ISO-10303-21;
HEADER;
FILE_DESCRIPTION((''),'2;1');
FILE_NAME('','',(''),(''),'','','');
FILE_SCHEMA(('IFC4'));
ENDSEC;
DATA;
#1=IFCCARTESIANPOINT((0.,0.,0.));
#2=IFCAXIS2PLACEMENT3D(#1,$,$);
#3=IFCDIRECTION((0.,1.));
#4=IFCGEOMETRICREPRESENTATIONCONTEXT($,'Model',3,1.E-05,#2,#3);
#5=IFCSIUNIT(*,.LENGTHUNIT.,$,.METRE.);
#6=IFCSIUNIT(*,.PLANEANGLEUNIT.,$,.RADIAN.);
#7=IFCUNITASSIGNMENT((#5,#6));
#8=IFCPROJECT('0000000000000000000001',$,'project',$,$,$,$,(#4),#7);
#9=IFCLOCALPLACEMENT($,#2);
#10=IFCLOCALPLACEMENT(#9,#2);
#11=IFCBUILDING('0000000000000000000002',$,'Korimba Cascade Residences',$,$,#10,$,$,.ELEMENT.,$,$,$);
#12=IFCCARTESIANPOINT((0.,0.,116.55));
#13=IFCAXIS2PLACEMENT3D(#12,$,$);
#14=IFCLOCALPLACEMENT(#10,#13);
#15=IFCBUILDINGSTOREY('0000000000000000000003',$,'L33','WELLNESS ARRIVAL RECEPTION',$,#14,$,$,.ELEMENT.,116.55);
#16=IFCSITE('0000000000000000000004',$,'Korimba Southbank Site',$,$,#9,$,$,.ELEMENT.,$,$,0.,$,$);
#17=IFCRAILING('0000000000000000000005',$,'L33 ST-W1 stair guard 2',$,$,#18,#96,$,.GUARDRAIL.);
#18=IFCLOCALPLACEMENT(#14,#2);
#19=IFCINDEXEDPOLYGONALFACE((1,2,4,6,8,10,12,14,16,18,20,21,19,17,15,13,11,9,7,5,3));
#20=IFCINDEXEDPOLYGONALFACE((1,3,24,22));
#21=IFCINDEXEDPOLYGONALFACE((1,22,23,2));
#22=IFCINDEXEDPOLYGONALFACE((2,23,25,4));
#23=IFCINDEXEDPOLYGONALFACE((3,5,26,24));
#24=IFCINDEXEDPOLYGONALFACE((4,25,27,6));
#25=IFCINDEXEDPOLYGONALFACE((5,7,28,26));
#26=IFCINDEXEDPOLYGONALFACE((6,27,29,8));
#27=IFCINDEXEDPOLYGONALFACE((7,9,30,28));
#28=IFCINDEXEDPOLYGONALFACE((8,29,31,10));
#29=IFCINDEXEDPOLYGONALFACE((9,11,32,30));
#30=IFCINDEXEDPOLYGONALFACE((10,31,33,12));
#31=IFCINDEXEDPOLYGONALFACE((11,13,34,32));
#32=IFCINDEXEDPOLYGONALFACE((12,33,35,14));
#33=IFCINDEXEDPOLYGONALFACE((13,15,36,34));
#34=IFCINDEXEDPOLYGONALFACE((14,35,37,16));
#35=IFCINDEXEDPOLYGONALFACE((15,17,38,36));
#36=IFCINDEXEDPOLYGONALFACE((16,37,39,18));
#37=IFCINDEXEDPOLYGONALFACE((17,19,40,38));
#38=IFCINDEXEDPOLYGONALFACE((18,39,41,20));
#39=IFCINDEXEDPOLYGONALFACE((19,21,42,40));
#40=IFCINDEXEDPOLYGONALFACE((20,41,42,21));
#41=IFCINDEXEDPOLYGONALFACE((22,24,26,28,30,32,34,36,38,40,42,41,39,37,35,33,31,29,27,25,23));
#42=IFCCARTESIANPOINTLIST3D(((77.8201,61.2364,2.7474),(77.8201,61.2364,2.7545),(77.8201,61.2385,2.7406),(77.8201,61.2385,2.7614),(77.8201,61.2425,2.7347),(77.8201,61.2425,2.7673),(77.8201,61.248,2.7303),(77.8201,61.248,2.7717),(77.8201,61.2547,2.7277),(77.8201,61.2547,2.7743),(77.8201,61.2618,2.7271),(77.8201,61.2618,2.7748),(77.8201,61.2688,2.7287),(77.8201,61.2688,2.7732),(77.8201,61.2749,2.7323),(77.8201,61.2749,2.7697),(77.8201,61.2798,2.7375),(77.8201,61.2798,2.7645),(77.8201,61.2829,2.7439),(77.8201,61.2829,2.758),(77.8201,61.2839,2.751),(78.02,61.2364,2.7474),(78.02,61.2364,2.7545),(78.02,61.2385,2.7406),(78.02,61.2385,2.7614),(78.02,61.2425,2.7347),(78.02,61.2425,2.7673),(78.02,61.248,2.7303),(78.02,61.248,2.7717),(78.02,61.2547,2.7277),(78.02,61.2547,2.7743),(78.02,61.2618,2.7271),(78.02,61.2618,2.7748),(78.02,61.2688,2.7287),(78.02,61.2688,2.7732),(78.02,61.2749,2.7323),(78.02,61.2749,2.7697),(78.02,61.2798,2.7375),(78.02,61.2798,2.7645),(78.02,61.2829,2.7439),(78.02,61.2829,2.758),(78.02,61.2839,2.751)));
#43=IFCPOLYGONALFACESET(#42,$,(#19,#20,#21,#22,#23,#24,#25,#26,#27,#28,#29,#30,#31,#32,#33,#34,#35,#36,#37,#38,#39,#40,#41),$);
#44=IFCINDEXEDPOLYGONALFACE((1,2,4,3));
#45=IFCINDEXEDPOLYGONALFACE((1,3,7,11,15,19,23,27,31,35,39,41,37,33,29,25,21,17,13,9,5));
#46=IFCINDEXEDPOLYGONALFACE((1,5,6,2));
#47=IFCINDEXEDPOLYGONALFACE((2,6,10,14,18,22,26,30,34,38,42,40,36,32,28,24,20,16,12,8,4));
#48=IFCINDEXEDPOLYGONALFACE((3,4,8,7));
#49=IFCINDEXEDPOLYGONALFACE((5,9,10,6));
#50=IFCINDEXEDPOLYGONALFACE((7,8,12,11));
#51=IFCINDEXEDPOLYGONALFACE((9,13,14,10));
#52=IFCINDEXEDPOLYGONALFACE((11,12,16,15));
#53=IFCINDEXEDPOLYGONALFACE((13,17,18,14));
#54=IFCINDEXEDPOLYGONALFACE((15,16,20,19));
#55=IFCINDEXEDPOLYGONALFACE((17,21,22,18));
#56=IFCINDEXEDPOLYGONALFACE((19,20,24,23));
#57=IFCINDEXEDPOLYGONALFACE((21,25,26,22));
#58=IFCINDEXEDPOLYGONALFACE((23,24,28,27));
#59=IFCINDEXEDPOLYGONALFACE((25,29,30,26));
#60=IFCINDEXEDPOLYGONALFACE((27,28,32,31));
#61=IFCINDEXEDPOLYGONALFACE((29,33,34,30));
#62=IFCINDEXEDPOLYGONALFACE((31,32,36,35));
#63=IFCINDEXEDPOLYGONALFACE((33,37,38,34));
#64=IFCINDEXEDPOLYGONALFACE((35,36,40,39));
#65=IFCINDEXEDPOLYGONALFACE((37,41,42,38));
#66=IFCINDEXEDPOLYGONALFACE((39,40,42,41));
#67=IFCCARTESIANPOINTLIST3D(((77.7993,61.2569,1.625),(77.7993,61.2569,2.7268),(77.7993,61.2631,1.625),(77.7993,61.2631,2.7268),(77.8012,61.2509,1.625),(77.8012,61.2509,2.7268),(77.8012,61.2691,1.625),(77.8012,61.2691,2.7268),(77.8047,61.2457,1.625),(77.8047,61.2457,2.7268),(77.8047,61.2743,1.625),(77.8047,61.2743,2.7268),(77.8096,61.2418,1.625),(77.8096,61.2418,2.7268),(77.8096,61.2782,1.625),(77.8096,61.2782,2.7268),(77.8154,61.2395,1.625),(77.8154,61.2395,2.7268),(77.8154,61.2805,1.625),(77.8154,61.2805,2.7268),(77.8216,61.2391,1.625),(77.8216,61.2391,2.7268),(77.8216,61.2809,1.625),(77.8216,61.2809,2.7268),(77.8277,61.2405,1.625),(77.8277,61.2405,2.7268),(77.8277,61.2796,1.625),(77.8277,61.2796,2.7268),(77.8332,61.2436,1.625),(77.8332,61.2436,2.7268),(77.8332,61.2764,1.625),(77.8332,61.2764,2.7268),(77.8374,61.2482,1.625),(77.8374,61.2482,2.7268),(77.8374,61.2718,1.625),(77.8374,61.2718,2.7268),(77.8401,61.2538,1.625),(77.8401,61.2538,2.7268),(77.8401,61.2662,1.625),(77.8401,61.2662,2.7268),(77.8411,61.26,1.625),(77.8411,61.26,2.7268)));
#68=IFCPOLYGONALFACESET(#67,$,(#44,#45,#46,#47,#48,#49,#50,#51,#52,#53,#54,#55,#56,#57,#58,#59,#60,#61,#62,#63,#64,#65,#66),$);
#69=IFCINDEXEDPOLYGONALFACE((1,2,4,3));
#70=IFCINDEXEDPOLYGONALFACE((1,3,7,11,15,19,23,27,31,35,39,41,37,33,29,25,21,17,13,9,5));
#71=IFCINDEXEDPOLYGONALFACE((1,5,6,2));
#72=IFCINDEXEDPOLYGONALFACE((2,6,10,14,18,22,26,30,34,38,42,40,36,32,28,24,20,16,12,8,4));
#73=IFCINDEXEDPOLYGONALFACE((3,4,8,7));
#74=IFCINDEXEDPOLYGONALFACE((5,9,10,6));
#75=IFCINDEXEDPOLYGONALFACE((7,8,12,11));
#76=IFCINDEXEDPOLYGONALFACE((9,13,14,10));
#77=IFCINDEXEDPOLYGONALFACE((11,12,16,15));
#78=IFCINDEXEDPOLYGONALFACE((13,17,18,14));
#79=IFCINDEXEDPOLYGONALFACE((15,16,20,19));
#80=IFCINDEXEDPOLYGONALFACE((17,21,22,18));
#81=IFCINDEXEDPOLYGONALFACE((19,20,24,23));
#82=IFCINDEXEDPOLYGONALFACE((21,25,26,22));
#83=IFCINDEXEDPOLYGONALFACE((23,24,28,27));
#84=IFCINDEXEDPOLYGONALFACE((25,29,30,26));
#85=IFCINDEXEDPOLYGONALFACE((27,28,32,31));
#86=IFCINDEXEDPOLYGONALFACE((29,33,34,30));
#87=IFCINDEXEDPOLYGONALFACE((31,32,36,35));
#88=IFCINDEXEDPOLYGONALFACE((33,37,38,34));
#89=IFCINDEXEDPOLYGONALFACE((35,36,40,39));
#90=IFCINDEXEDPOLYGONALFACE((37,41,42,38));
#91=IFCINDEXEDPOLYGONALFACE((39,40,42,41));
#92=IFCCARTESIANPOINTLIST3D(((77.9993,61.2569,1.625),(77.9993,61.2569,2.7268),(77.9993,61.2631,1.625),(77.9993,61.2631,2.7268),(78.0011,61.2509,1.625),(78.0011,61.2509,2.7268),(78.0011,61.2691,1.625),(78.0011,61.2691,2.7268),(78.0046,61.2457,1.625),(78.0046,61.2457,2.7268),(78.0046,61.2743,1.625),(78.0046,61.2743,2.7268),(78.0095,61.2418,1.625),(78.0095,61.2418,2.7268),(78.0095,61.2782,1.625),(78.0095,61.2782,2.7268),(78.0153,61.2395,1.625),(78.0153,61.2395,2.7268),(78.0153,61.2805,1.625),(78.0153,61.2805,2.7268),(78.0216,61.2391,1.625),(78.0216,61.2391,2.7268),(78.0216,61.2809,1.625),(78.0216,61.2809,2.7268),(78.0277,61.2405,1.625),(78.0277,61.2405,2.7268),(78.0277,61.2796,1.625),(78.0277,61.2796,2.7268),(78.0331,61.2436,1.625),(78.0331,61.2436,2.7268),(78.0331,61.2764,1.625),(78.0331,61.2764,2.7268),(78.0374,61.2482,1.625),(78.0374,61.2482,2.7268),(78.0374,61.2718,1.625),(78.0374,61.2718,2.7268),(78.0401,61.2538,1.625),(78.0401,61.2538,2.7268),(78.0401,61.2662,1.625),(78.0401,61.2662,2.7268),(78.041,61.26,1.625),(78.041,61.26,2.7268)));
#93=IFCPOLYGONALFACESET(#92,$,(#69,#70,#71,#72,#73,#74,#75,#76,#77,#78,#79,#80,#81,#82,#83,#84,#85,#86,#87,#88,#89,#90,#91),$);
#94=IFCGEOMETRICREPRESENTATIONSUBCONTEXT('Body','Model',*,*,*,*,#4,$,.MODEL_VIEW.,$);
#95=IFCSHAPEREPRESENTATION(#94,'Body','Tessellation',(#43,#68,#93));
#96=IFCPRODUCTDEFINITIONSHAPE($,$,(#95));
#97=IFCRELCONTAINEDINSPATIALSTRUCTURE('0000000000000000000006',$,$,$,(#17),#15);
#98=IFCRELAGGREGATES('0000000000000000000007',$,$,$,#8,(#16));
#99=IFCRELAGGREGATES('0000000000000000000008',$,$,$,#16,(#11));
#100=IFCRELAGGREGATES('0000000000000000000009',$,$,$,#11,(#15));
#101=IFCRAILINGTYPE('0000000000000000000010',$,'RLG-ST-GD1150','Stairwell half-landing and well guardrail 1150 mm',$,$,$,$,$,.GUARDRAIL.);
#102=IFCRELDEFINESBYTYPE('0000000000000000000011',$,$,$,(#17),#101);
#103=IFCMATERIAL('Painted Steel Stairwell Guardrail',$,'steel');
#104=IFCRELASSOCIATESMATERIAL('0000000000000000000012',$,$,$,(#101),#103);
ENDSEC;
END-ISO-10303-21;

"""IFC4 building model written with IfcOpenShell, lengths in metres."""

from ifc_helpers import new_model, si_unit, direction, frame, origin, origin_2d, place, context, subcontext, project, spatial, circle, extrude, material, type_object, element, save


model = new_model("IFC4")

# Units and contexts
model_context = context("Model", 3, precision=1e-05, world=origin(), true_north=direction((0.0, 1.0)))
body_context = subcontext(model_context, "Body", "Model", "MODEL_VIEW")
ifc_project = project(units=[si_unit("LENGTHUNIT", "METRE"), si_unit("PLANEANGLEUNIT", "RADIAN")], contexts=[model_context])

# Site, building, storey
site_placement = place(None, origin())
site = spatial("IfcSite", under=ifc_project, at=site_placement, Name="Korimba Southbank Site", CompositionType="ELEMENT", RefElevation=0.0)
building_placement = place(site_placement, origin())
building = spatial("IfcBuilding", under=site, at=building_placement, Name="Korimba Cascade Residences", CompositionType="ELEMENT")
storey_placement = place(building_placement, frame((0.0, 0.0, 116.55)))
storey = spatial("IfcBuildingStorey", under=building, at=storey_placement, Name="L33", Description="WELLNESS ARRIVAL RECEPTION", CompositionType="ELEMENT", Elevation=116.55)

# Railing
ifc_material_1 = material(Name="Painted Steel Stairwell Guardrail", Category="steel")
railing_type_1 = type_object("IfcRailingType", Name="RLG-ST-GD1150", Description="Stairwell half-landing and well guardrail 1150 mm", PredefinedType="GUARDRAIL", material=ifc_material_1)
railing_1_placement = place(storey_placement, frame((77.8201, 61.26, 1.625)))
element("IfcRailing", 1, at=railing_1_placement, inside=storey, type_object=railing_type_1, Name="L33 ST-W1 stair guard 2", PredefinedType="GUARDRAIL", context=body_context, shape_type="SweptSolid", body=[
    extrude(circle(Radius=0.0239, at=origin_2d()), frame((0.0, 0.0, 1.126), z_axis=(1.0, 0.0, 0.0), x_axis=(0.0, 1.0, 0.0)), (0.0, 0.0, 1.0), 0.2),
    extrude(circle(Radius=0.021, at=origin_2d()), origin(), (0.0, 0.0, 1.0), 1.1018),
    extrude(circle(Radius=0.021, at=origin_2d()), frame((0.2, 0.0, 0.0)), (0.0, 0.0, 1.0), 1.1018),
])

save(model, "model.ifc")
